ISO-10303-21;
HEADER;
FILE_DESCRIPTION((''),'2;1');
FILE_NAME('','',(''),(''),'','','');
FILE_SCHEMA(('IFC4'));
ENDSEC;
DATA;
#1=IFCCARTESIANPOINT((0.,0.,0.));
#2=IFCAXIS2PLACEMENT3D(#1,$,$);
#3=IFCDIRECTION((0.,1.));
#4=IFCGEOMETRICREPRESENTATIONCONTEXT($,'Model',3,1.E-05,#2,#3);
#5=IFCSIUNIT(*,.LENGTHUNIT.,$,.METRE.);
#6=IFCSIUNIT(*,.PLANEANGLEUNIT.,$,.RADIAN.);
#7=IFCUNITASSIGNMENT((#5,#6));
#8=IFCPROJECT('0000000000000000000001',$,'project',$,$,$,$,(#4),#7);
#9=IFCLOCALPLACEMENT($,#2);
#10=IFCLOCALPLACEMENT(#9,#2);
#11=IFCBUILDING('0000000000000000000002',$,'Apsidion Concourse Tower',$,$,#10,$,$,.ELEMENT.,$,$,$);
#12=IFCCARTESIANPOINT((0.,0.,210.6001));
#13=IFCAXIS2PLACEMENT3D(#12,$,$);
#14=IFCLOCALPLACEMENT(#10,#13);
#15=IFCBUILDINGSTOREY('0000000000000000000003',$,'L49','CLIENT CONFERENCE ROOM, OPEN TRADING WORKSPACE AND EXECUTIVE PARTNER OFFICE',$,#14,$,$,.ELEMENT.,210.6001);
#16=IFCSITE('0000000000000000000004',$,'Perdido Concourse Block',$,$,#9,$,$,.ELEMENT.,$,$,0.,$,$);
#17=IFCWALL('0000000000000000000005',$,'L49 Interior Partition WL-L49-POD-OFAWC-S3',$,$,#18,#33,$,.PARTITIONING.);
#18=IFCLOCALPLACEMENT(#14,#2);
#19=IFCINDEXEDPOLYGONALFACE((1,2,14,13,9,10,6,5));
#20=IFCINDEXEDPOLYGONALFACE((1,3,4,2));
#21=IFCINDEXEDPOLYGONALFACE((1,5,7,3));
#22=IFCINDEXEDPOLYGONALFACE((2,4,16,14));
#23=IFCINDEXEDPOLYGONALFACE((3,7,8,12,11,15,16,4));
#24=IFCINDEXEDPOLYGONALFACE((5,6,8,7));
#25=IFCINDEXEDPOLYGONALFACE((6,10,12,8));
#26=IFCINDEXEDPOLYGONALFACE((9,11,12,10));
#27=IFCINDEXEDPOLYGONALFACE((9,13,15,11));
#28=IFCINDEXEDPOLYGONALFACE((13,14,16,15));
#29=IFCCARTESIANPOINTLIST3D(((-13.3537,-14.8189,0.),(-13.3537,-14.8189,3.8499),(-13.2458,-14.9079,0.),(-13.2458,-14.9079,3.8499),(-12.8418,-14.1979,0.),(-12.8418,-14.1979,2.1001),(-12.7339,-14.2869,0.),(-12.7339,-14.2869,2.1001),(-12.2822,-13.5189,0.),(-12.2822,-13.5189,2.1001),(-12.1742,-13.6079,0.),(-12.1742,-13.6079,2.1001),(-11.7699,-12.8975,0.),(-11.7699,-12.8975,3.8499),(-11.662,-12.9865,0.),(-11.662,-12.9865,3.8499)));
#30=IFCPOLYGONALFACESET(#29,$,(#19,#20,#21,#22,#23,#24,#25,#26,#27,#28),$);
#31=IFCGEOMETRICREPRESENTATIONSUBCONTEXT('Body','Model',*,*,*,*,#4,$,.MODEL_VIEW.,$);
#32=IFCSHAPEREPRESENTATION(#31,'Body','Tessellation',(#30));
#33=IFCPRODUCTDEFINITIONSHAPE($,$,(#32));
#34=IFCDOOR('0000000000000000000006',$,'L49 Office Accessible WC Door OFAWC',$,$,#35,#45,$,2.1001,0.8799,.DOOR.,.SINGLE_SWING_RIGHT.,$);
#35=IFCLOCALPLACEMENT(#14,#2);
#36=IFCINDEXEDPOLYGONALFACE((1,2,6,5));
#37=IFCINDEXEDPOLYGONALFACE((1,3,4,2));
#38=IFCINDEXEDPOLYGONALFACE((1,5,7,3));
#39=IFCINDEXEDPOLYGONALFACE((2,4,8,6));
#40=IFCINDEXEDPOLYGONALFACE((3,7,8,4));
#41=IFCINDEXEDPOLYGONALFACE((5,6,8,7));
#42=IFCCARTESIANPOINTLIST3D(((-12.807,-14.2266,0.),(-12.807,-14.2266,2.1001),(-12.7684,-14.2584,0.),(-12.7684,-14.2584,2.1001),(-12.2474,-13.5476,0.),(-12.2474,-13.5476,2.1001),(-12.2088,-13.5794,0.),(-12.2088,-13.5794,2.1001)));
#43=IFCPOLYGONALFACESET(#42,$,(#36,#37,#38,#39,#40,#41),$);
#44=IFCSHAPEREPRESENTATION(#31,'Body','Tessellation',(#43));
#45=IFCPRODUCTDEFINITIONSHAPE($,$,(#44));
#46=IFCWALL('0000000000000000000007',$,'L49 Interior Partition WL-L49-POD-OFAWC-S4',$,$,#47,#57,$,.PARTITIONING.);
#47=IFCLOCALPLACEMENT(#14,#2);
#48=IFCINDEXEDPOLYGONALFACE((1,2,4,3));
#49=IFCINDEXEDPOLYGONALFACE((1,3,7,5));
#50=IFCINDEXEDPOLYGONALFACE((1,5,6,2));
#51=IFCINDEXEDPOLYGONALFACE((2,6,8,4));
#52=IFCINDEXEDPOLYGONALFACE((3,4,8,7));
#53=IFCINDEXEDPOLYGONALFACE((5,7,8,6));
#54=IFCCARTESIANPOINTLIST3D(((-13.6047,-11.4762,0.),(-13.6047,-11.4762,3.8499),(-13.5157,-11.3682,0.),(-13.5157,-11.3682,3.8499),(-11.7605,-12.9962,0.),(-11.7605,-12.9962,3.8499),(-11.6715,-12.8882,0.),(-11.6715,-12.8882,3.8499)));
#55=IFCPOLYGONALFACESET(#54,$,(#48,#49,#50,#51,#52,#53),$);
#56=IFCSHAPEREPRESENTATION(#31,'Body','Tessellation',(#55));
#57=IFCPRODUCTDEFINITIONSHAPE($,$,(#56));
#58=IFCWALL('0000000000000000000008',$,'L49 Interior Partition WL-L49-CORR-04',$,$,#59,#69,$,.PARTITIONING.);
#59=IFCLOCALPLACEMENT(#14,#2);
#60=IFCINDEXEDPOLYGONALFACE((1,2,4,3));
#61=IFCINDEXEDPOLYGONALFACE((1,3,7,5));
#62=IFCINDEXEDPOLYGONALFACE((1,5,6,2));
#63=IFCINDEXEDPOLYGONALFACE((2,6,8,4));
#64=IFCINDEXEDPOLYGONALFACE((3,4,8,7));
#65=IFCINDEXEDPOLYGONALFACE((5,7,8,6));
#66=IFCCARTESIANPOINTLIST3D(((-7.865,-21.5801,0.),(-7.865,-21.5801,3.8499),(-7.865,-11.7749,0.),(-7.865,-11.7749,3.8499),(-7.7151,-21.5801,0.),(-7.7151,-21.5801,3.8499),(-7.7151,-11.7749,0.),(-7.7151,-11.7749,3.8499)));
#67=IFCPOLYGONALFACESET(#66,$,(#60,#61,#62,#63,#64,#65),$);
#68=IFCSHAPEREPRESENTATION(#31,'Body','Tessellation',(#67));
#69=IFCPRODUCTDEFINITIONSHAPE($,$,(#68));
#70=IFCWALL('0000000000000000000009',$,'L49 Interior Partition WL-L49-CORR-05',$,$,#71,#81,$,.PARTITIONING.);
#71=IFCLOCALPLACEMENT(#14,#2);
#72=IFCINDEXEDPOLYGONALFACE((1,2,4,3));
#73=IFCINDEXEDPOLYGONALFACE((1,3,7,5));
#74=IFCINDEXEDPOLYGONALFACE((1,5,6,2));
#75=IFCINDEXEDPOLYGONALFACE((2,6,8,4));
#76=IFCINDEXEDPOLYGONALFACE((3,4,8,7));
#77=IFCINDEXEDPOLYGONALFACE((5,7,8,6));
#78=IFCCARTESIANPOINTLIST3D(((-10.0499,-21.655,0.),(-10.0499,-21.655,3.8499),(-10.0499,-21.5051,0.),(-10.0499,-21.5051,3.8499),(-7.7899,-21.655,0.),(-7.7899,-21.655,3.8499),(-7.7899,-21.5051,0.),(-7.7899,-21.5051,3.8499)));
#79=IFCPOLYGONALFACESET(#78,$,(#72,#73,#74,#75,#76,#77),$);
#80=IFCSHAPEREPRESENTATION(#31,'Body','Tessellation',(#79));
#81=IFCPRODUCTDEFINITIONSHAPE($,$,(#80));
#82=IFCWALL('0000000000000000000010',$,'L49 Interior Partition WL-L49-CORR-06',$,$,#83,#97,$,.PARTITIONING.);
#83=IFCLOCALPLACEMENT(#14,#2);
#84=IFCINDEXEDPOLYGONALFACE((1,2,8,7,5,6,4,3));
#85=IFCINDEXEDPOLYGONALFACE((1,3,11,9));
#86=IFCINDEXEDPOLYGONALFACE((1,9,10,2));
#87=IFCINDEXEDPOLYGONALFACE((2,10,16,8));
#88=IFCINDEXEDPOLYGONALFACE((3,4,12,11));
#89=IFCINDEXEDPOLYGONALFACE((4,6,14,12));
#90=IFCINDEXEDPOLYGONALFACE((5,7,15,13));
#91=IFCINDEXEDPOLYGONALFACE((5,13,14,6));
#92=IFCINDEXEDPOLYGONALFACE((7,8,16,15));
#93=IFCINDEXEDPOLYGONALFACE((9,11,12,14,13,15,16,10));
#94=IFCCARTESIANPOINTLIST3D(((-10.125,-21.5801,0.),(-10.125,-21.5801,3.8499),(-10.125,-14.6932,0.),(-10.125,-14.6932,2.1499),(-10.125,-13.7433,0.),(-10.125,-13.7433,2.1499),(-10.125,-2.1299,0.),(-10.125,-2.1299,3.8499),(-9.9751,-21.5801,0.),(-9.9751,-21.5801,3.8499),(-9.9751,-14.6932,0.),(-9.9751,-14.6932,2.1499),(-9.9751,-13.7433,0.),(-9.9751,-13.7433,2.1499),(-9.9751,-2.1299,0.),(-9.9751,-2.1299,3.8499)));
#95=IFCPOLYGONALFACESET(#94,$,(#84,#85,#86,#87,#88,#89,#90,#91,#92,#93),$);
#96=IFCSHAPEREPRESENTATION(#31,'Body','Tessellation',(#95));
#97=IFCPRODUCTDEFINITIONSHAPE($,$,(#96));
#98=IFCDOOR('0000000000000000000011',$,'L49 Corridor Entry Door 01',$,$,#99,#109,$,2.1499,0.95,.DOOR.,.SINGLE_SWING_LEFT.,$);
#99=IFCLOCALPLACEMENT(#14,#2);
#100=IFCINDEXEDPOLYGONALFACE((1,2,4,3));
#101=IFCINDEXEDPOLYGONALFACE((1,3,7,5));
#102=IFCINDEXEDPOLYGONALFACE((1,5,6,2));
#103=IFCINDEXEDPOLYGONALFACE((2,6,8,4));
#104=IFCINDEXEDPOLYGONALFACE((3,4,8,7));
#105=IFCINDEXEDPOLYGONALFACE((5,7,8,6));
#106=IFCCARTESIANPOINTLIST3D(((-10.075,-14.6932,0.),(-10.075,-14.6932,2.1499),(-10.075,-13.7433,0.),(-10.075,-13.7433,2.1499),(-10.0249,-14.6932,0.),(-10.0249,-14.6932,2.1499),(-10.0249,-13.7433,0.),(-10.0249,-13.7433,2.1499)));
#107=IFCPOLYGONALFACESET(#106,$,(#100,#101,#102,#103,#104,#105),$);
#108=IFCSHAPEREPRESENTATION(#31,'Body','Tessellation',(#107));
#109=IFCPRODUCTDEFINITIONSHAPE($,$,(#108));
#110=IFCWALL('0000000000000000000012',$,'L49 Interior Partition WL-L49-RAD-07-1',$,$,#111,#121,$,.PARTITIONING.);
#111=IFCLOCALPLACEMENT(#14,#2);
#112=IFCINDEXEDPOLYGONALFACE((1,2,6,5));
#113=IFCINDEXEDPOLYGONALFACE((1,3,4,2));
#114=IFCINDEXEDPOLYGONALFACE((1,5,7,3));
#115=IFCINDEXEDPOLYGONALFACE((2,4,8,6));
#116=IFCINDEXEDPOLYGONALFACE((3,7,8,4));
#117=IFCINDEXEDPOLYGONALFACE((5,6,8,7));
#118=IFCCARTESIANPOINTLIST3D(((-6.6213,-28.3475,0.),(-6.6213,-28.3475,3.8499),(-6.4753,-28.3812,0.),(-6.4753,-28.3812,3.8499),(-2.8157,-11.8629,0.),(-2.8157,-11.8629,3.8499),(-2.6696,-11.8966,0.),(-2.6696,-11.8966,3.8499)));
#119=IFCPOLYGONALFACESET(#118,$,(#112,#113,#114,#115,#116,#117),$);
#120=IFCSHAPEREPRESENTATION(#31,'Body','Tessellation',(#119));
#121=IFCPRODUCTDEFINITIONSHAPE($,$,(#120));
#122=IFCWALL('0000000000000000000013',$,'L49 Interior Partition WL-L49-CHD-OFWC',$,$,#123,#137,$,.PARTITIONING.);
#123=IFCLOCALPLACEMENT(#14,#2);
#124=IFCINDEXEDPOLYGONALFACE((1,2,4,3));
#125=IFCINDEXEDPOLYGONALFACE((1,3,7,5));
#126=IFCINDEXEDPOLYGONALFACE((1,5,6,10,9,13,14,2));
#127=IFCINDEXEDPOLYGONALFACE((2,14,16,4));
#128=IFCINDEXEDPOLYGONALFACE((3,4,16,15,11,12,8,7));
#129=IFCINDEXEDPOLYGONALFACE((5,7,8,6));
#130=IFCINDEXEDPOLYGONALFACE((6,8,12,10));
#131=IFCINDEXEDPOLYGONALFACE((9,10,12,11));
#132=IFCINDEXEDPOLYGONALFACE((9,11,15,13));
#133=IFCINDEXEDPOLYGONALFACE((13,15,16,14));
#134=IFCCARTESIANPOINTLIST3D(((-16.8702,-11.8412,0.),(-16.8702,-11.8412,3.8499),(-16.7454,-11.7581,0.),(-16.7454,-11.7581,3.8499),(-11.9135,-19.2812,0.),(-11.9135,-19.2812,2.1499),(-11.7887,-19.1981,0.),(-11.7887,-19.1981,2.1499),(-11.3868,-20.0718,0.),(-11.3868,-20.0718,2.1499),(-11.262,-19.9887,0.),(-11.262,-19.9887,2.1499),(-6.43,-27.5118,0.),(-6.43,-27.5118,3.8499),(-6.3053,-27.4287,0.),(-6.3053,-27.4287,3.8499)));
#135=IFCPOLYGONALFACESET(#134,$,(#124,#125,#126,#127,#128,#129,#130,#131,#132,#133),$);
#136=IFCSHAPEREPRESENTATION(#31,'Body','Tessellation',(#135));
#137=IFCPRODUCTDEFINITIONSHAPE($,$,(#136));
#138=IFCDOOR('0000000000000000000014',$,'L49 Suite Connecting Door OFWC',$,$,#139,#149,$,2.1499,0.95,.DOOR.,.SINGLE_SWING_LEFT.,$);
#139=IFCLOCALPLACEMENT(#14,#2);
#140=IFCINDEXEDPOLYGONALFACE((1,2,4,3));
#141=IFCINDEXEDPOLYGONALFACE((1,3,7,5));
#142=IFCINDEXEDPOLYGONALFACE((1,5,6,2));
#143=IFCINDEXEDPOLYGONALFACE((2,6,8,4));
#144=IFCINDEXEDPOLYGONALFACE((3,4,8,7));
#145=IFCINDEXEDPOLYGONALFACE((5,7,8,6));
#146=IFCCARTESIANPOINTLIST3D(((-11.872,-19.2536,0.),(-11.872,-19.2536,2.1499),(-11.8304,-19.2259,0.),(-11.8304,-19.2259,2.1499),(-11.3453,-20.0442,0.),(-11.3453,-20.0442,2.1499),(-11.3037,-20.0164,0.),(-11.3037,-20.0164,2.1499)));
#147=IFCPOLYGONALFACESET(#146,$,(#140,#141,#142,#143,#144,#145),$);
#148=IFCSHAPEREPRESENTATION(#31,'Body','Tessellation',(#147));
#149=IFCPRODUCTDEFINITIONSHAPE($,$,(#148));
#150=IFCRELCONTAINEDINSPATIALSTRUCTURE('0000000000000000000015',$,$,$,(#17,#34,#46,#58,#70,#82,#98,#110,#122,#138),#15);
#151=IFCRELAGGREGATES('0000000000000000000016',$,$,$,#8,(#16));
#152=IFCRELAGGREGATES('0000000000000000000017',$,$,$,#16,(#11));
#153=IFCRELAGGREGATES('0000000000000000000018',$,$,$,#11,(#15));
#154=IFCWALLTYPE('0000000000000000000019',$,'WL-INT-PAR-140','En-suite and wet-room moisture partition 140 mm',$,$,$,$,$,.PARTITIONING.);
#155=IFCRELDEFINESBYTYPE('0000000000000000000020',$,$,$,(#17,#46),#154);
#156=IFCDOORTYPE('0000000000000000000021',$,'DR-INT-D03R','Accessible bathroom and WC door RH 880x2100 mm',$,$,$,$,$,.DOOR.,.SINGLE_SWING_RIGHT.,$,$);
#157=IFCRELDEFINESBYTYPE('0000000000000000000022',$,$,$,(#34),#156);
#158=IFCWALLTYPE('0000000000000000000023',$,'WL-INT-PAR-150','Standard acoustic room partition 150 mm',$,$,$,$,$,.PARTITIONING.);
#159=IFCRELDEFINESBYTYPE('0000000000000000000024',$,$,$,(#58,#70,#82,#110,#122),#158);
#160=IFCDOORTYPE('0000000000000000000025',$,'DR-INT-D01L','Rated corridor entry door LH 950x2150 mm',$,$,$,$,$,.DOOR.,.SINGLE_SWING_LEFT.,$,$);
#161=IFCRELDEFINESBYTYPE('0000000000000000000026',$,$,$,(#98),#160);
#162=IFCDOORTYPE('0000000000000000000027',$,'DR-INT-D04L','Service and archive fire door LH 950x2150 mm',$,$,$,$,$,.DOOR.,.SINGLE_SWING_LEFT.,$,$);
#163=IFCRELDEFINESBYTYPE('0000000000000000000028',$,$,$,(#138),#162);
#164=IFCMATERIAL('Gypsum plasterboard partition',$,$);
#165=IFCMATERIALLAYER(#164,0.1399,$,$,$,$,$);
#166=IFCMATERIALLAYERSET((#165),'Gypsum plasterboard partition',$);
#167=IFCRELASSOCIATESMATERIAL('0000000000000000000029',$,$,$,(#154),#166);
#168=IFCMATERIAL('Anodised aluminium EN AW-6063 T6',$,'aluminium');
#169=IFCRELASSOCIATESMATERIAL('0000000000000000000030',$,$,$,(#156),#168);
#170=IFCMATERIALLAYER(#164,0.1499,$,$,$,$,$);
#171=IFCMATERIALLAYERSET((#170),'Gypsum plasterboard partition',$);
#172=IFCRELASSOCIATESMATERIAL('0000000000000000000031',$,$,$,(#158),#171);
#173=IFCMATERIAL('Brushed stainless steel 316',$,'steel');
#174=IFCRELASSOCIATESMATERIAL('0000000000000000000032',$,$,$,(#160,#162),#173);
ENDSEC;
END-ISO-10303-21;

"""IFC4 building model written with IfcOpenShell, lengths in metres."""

from ifc_helpers import new_model, si_unit, direction, frame, frame_2d, origin, place, context, subcontext, project, spatial, rectangle, extrude, material, layer, layer_set, type_object, element, fill, save


model = new_model("IFC4")

# Units and contexts
model_context = context("Model", 3, precision=1e-05, world=origin(), true_north=direction((0.0, 1.0)))
body_context = subcontext(model_context, "Body", "Model", "MODEL_VIEW")
ifc_project = project(units=[si_unit("LENGTHUNIT", "METRE"), si_unit("PLANEANGLEUNIT", "RADIAN")], contexts=[model_context])

# Site, building, storey
site_placement = place(None, origin())
site = spatial("IfcSite", under=ifc_project, at=site_placement, Name="Perdido Concourse Block", CompositionType="ELEMENT", RefElevation=0.0)
building_placement = place(site_placement, origin())
building = spatial("IfcBuilding", under=site, at=building_placement, Name="Apsidion Concourse Tower", CompositionType="ELEMENT")
storey_placement = place(building_placement, frame((0.0, 0.0, 210.6001)))
storey = spatial("IfcBuildingStorey", under=building, at=storey_placement, Name="L49", Description="CLIENT CONFERENCE ROOM, OPEN TRADING WORKSPACE AND EXECUTIVE PARTNER OFFICE", CompositionType="ELEMENT", Elevation=210.6001)

# Shared definitions
ifc_material_1 = material(Name="Gypsum plasterboard partition")
ifc_layer_1 = layer(ifc_material_1, 0.1399)
ifc_layer_set_1 = layer_set([ifc_layer_1], Name="Gypsum plasterboard partition")
wall_type_1 = type_object("IfcWallType", Name="WL-INT-PAR-140", Description="En-suite and wet-room moisture partition 140 mm", PredefinedType="PARTITIONING", material=ifc_layer_set_1)

# Wall, opening, door
wall_1_placement = place(storey_placement, frame((-13.2998, -14.8635, 0.0), z_axis=(0.0, 0.0, 1.0), x_axis=(0.636047, 0.77165, 0.0)))
wall_1 = element("IfcWall", 1, at=wall_1_placement, inside=storey, type_object=wall_type_1, Name="L49 Interior Partition WL-L49-POD-OFAWC-S3", PredefinedType="PARTITIONING", context=body_context, shape_type="SweptSolid", body=[
    extrude(rectangle(XDim=2.49, YDim=0.1399, at=frame_2d((1.2451, 0.0))), origin(), (0.0, 0.0, 1.0), 3.8499),
])
opening_1_placement = place(wall_1_placement, frame((0.8049, 0.0, 0.0)))
opening_1 = element("IfcOpeningElement", 2, at=opening_1_placement, cuts=wall_1, PredefinedType="OPENING", context=body_context, shape_type="SweptSolid", body=[
    extrude(rectangle(XDim=0.8799, YDim=2.1001, at=frame_2d((0.4399, 1.05))), frame((0.0, 0.0801, 0.0), z_axis=(0.0, -1.0, 0.0), x_axis=(1.0, 0.0, 0.0)), (0.0, 0.0, 1.0), 0.1599),
])
ifc_material_2 = material(Name="Anodised aluminium EN AW-6063 T6", Category="aluminium")
door_type_1 = type_object("IfcDoorType", Name="DR-INT-D03R", Description="Accessible bathroom and WC door RH 880x2100 mm", OperationType="SINGLE_SWING_RIGHT", PredefinedType="DOOR", material=ifc_material_2)
door_1_placement = place(opening_1_placement, origin())
door_1 = element("IfcDoor", 3, at=door_1_placement, inside=storey, type_object=door_type_1, Name="L49 Office Accessible WC Door OFAWC", OperationType="SINGLE_SWING_RIGHT", OverallHeight=2.1001, OverallWidth=0.8799, PredefinedType="DOOR", context=body_context, shape_type="SweptSolid", body=[
    extrude(rectangle(XDim=0.8799, YDim=2.1001, at=frame_2d((0.4399, 1.05))), frame((0.0, 0.0249, 0.0), z_axis=(0.0, -1.0, 0.0), x_axis=(1.0, 0.0, 0.0)), (0.0, 0.0, 1.0), 0.05),
])
fill(opening_1, door_1)

# Walls
wall_2_placement = place(storey_placement, frame((-11.7161, -12.9421, 0.0), z_axis=(0.0, 0.0, 1.0), x_axis=(-0.771677, 0.636015, 0.0)))
element("IfcWall", 4, at=wall_2_placement, inside=storey, type_object=wall_type_1, Name="L49 Interior Partition WL-L49-POD-OFAWC-S4", PredefinedType="PARTITIONING", context=body_context, shape_type="SweptSolid", body=[
    extrude(rectangle(XDim=2.3899, YDim=0.1399, at=frame_2d((1.1948, 0.0))), origin(), (0.0, 0.0, 1.0), 3.8499),
])
ifc_layer_2 = layer(ifc_material_1, 0.1499)
ifc_layer_set_2 = layer_set([ifc_layer_2], Name="Gypsum plasterboard partition")
wall_type_2 = type_object("IfcWallType", Name="WL-INT-PAR-150", Description="Standard acoustic room partition 150 mm", PredefinedType="PARTITIONING", material=ifc_layer_set_2)
wall_3_placement = place(storey_placement, frame((-7.79, -11.7749, 0.0), z_axis=(0.0, 0.0, 1.0), x_axis=(0.0, -1.0, 0.0)))
element("IfcWall", 5, at=wall_3_placement, inside=storey, type_object=wall_type_2, Name="L49 Interior Partition WL-L49-CORR-04", PredefinedType="PARTITIONING", context=body_context, shape_type="SweptSolid", body=[
    extrude(rectangle(XDim=9.8052, YDim=0.1499, at=frame_2d((4.9026, 0.0))), origin(), (0.0, 0.0, 1.0), 3.8499),
])
wall_4_placement = place(storey_placement, frame((-7.79, -21.5801, 0.0), z_axis=(0.0, 0.0, 1.0), x_axis=(-1.0, 0.0, 0.0)))
element("IfcWall", 6, at=wall_4_placement, inside=storey, type_object=wall_type_2, Name="L49 Interior Partition WL-L49-CORR-05", PredefinedType="PARTITIONING", context=body_context, shape_type="SweptSolid", body=[
    extrude(rectangle(XDim=2.26, YDim=0.1499, at=frame_2d((1.1299, 0.0))), origin(), (0.0, 0.0, 1.0), 3.8499),
])

# Wall, opening, door
wall_5_placement = place(storey_placement, frame((-10.05, -21.5801, 0.0), z_axis=(0.0, 0.0, 1.0), x_axis=(0.0, 1.0, 0.0)))
wall_5 = element("IfcWall", 7, at=wall_5_placement, inside=storey, type_object=wall_type_2, Name="L49 Interior Partition WL-L49-CORR-06", PredefinedType="PARTITIONING", context=body_context, shape_type="SweptSolid", body=[
    extrude(rectangle(XDim=19.4502, YDim=0.1499, at=frame_2d((9.7251, 0.0))), origin(), (0.0, 0.0, 1.0), 3.8499),
])
opening_2_placement = place(wall_5_placement, frame((6.8867, 0.0, 0.0)))
opening_2 = element("IfcOpeningElement", 8, at=opening_2_placement, cuts=wall_5, PredefinedType="OPENING", context=body_context, shape_type="SweptSolid", body=[
    extrude(rectangle(XDim=0.95, YDim=2.1499, at=frame_2d((0.4751, 1.075))), frame((0.0, 0.085, 0.0), z_axis=(0.0, -1.0, 0.0), x_axis=(1.0, 0.0, 0.0)), (0.0, 0.0, 1.0), 0.1699),
])
ifc_material_3 = material(Name="Brushed stainless steel 316", Category="steel")
door_type_2 = type_object("IfcDoorType", Name="DR-INT-D01L", Description="Rated corridor entry door LH 950x2150 mm", OperationType="SINGLE_SWING_LEFT", PredefinedType="DOOR", material=ifc_material_3)
door_2_placement = place(opening_2_placement, origin())
door_2 = element("IfcDoor", 9, at=door_2_placement, inside=storey, type_object=door_type_2, Name="L49 Corridor Entry Door 01", OperationType="SINGLE_SWING_LEFT", OverallHeight=2.1499, OverallWidth=0.95, PredefinedType="DOOR", context=body_context, shape_type="SweptSolid", body=[
    extrude(rectangle(XDim=0.95, YDim=2.1499, at=frame_2d((0.4751, 1.075))), frame((0.0, 0.0249, 0.0), z_axis=(0.0, -1.0, 0.0), x_axis=(1.0, 0.0, 0.0)), (0.0, 0.0, 1.0), 0.05),
])
fill(opening_2, door_2)

# Wall
wall_6_placement = place(storey_placement, frame((-2.7427, -11.8799, 0.0), z_axis=(0.0, 0.0, 1.0), x_axis=(-0.224945, -0.974371, 0.0)))
element("IfcWall", 10, at=wall_6_placement, inside=storey, type_object=wall_type_2, Name="L49 Interior Partition WL-L49-RAD-07-1", PredefinedType="PARTITIONING", context=body_context, shape_type="SweptSolid", body=[
    extrude(rectangle(XDim=16.9182, YDim=0.1499, at=frame_2d((8.459, 0.0))), origin(), (0.0, 0.0, 1.0), 3.8499),
])

# Wall, opening, door
wall_7_placement = place(storey_placement, frame((-16.8079, -11.7996, 0.0), z_axis=(0.0, 0.0, 1.0), x_axis=(0.554446, -0.83222, 0.0)))
wall_7 = element("IfcWall", 11, at=wall_7_placement, inside=storey, type_object=wall_type_2, Name="L49 Interior Partition WL-L49-CHD-OFWC", PredefinedType="PARTITIONING", context=body_context, shape_type="SweptSolid", body=[
    extrude(rectangle(XDim=18.8298, YDim=0.1499, at=frame_2d((9.415, 0.0))), origin(), (0.0, 0.0, 1.0), 3.8499),
])
opening_3_placement = place(wall_7_placement, frame((8.9399, 0.0, 0.0)))
opening_3 = element("IfcOpeningElement", 12, at=opening_3_placement, cuts=wall_7, PredefinedType="OPENING", context=body_context, shape_type="SweptSolid", body=[
    extrude(rectangle(XDim=0.95, YDim=2.1499, at=frame_2d((0.4751, 1.075))), frame((0.0, 0.085, 0.0), z_axis=(0.0, -1.0, 0.0), x_axis=(1.0, 0.0, 0.0)), (0.0, 0.0, 1.0), 0.1699),
])
door_type_3 = type_object("IfcDoorType", Name="DR-INT-D04L", Description="Service and archive fire door LH 950x2150 mm", OperationType="SINGLE_SWING_LEFT", PredefinedType="DOOR", material=ifc_material_3)
door_3_placement = place(opening_3_placement, origin())
door_3 = element("IfcDoor", 13, at=door_3_placement, inside=storey, type_object=door_type_3, Name="L49 Suite Connecting Door OFWC", OperationType="SINGLE_SWING_LEFT", OverallHeight=2.1499, OverallWidth=0.95, PredefinedType="DOOR", context=body_context, shape_type="SweptSolid", body=[
    extrude(rectangle(XDim=0.95, YDim=2.1499, at=frame_2d((0.4751, 1.075))), frame((0.0, 0.0249, 0.0), z_axis=(0.0, -1.0, 0.0), x_axis=(1.0, 0.0, 0.0)), (0.0, 0.0, 1.0), 0.05),
])
fill(opening_3, door_3)

save(model, "model.ifc")
